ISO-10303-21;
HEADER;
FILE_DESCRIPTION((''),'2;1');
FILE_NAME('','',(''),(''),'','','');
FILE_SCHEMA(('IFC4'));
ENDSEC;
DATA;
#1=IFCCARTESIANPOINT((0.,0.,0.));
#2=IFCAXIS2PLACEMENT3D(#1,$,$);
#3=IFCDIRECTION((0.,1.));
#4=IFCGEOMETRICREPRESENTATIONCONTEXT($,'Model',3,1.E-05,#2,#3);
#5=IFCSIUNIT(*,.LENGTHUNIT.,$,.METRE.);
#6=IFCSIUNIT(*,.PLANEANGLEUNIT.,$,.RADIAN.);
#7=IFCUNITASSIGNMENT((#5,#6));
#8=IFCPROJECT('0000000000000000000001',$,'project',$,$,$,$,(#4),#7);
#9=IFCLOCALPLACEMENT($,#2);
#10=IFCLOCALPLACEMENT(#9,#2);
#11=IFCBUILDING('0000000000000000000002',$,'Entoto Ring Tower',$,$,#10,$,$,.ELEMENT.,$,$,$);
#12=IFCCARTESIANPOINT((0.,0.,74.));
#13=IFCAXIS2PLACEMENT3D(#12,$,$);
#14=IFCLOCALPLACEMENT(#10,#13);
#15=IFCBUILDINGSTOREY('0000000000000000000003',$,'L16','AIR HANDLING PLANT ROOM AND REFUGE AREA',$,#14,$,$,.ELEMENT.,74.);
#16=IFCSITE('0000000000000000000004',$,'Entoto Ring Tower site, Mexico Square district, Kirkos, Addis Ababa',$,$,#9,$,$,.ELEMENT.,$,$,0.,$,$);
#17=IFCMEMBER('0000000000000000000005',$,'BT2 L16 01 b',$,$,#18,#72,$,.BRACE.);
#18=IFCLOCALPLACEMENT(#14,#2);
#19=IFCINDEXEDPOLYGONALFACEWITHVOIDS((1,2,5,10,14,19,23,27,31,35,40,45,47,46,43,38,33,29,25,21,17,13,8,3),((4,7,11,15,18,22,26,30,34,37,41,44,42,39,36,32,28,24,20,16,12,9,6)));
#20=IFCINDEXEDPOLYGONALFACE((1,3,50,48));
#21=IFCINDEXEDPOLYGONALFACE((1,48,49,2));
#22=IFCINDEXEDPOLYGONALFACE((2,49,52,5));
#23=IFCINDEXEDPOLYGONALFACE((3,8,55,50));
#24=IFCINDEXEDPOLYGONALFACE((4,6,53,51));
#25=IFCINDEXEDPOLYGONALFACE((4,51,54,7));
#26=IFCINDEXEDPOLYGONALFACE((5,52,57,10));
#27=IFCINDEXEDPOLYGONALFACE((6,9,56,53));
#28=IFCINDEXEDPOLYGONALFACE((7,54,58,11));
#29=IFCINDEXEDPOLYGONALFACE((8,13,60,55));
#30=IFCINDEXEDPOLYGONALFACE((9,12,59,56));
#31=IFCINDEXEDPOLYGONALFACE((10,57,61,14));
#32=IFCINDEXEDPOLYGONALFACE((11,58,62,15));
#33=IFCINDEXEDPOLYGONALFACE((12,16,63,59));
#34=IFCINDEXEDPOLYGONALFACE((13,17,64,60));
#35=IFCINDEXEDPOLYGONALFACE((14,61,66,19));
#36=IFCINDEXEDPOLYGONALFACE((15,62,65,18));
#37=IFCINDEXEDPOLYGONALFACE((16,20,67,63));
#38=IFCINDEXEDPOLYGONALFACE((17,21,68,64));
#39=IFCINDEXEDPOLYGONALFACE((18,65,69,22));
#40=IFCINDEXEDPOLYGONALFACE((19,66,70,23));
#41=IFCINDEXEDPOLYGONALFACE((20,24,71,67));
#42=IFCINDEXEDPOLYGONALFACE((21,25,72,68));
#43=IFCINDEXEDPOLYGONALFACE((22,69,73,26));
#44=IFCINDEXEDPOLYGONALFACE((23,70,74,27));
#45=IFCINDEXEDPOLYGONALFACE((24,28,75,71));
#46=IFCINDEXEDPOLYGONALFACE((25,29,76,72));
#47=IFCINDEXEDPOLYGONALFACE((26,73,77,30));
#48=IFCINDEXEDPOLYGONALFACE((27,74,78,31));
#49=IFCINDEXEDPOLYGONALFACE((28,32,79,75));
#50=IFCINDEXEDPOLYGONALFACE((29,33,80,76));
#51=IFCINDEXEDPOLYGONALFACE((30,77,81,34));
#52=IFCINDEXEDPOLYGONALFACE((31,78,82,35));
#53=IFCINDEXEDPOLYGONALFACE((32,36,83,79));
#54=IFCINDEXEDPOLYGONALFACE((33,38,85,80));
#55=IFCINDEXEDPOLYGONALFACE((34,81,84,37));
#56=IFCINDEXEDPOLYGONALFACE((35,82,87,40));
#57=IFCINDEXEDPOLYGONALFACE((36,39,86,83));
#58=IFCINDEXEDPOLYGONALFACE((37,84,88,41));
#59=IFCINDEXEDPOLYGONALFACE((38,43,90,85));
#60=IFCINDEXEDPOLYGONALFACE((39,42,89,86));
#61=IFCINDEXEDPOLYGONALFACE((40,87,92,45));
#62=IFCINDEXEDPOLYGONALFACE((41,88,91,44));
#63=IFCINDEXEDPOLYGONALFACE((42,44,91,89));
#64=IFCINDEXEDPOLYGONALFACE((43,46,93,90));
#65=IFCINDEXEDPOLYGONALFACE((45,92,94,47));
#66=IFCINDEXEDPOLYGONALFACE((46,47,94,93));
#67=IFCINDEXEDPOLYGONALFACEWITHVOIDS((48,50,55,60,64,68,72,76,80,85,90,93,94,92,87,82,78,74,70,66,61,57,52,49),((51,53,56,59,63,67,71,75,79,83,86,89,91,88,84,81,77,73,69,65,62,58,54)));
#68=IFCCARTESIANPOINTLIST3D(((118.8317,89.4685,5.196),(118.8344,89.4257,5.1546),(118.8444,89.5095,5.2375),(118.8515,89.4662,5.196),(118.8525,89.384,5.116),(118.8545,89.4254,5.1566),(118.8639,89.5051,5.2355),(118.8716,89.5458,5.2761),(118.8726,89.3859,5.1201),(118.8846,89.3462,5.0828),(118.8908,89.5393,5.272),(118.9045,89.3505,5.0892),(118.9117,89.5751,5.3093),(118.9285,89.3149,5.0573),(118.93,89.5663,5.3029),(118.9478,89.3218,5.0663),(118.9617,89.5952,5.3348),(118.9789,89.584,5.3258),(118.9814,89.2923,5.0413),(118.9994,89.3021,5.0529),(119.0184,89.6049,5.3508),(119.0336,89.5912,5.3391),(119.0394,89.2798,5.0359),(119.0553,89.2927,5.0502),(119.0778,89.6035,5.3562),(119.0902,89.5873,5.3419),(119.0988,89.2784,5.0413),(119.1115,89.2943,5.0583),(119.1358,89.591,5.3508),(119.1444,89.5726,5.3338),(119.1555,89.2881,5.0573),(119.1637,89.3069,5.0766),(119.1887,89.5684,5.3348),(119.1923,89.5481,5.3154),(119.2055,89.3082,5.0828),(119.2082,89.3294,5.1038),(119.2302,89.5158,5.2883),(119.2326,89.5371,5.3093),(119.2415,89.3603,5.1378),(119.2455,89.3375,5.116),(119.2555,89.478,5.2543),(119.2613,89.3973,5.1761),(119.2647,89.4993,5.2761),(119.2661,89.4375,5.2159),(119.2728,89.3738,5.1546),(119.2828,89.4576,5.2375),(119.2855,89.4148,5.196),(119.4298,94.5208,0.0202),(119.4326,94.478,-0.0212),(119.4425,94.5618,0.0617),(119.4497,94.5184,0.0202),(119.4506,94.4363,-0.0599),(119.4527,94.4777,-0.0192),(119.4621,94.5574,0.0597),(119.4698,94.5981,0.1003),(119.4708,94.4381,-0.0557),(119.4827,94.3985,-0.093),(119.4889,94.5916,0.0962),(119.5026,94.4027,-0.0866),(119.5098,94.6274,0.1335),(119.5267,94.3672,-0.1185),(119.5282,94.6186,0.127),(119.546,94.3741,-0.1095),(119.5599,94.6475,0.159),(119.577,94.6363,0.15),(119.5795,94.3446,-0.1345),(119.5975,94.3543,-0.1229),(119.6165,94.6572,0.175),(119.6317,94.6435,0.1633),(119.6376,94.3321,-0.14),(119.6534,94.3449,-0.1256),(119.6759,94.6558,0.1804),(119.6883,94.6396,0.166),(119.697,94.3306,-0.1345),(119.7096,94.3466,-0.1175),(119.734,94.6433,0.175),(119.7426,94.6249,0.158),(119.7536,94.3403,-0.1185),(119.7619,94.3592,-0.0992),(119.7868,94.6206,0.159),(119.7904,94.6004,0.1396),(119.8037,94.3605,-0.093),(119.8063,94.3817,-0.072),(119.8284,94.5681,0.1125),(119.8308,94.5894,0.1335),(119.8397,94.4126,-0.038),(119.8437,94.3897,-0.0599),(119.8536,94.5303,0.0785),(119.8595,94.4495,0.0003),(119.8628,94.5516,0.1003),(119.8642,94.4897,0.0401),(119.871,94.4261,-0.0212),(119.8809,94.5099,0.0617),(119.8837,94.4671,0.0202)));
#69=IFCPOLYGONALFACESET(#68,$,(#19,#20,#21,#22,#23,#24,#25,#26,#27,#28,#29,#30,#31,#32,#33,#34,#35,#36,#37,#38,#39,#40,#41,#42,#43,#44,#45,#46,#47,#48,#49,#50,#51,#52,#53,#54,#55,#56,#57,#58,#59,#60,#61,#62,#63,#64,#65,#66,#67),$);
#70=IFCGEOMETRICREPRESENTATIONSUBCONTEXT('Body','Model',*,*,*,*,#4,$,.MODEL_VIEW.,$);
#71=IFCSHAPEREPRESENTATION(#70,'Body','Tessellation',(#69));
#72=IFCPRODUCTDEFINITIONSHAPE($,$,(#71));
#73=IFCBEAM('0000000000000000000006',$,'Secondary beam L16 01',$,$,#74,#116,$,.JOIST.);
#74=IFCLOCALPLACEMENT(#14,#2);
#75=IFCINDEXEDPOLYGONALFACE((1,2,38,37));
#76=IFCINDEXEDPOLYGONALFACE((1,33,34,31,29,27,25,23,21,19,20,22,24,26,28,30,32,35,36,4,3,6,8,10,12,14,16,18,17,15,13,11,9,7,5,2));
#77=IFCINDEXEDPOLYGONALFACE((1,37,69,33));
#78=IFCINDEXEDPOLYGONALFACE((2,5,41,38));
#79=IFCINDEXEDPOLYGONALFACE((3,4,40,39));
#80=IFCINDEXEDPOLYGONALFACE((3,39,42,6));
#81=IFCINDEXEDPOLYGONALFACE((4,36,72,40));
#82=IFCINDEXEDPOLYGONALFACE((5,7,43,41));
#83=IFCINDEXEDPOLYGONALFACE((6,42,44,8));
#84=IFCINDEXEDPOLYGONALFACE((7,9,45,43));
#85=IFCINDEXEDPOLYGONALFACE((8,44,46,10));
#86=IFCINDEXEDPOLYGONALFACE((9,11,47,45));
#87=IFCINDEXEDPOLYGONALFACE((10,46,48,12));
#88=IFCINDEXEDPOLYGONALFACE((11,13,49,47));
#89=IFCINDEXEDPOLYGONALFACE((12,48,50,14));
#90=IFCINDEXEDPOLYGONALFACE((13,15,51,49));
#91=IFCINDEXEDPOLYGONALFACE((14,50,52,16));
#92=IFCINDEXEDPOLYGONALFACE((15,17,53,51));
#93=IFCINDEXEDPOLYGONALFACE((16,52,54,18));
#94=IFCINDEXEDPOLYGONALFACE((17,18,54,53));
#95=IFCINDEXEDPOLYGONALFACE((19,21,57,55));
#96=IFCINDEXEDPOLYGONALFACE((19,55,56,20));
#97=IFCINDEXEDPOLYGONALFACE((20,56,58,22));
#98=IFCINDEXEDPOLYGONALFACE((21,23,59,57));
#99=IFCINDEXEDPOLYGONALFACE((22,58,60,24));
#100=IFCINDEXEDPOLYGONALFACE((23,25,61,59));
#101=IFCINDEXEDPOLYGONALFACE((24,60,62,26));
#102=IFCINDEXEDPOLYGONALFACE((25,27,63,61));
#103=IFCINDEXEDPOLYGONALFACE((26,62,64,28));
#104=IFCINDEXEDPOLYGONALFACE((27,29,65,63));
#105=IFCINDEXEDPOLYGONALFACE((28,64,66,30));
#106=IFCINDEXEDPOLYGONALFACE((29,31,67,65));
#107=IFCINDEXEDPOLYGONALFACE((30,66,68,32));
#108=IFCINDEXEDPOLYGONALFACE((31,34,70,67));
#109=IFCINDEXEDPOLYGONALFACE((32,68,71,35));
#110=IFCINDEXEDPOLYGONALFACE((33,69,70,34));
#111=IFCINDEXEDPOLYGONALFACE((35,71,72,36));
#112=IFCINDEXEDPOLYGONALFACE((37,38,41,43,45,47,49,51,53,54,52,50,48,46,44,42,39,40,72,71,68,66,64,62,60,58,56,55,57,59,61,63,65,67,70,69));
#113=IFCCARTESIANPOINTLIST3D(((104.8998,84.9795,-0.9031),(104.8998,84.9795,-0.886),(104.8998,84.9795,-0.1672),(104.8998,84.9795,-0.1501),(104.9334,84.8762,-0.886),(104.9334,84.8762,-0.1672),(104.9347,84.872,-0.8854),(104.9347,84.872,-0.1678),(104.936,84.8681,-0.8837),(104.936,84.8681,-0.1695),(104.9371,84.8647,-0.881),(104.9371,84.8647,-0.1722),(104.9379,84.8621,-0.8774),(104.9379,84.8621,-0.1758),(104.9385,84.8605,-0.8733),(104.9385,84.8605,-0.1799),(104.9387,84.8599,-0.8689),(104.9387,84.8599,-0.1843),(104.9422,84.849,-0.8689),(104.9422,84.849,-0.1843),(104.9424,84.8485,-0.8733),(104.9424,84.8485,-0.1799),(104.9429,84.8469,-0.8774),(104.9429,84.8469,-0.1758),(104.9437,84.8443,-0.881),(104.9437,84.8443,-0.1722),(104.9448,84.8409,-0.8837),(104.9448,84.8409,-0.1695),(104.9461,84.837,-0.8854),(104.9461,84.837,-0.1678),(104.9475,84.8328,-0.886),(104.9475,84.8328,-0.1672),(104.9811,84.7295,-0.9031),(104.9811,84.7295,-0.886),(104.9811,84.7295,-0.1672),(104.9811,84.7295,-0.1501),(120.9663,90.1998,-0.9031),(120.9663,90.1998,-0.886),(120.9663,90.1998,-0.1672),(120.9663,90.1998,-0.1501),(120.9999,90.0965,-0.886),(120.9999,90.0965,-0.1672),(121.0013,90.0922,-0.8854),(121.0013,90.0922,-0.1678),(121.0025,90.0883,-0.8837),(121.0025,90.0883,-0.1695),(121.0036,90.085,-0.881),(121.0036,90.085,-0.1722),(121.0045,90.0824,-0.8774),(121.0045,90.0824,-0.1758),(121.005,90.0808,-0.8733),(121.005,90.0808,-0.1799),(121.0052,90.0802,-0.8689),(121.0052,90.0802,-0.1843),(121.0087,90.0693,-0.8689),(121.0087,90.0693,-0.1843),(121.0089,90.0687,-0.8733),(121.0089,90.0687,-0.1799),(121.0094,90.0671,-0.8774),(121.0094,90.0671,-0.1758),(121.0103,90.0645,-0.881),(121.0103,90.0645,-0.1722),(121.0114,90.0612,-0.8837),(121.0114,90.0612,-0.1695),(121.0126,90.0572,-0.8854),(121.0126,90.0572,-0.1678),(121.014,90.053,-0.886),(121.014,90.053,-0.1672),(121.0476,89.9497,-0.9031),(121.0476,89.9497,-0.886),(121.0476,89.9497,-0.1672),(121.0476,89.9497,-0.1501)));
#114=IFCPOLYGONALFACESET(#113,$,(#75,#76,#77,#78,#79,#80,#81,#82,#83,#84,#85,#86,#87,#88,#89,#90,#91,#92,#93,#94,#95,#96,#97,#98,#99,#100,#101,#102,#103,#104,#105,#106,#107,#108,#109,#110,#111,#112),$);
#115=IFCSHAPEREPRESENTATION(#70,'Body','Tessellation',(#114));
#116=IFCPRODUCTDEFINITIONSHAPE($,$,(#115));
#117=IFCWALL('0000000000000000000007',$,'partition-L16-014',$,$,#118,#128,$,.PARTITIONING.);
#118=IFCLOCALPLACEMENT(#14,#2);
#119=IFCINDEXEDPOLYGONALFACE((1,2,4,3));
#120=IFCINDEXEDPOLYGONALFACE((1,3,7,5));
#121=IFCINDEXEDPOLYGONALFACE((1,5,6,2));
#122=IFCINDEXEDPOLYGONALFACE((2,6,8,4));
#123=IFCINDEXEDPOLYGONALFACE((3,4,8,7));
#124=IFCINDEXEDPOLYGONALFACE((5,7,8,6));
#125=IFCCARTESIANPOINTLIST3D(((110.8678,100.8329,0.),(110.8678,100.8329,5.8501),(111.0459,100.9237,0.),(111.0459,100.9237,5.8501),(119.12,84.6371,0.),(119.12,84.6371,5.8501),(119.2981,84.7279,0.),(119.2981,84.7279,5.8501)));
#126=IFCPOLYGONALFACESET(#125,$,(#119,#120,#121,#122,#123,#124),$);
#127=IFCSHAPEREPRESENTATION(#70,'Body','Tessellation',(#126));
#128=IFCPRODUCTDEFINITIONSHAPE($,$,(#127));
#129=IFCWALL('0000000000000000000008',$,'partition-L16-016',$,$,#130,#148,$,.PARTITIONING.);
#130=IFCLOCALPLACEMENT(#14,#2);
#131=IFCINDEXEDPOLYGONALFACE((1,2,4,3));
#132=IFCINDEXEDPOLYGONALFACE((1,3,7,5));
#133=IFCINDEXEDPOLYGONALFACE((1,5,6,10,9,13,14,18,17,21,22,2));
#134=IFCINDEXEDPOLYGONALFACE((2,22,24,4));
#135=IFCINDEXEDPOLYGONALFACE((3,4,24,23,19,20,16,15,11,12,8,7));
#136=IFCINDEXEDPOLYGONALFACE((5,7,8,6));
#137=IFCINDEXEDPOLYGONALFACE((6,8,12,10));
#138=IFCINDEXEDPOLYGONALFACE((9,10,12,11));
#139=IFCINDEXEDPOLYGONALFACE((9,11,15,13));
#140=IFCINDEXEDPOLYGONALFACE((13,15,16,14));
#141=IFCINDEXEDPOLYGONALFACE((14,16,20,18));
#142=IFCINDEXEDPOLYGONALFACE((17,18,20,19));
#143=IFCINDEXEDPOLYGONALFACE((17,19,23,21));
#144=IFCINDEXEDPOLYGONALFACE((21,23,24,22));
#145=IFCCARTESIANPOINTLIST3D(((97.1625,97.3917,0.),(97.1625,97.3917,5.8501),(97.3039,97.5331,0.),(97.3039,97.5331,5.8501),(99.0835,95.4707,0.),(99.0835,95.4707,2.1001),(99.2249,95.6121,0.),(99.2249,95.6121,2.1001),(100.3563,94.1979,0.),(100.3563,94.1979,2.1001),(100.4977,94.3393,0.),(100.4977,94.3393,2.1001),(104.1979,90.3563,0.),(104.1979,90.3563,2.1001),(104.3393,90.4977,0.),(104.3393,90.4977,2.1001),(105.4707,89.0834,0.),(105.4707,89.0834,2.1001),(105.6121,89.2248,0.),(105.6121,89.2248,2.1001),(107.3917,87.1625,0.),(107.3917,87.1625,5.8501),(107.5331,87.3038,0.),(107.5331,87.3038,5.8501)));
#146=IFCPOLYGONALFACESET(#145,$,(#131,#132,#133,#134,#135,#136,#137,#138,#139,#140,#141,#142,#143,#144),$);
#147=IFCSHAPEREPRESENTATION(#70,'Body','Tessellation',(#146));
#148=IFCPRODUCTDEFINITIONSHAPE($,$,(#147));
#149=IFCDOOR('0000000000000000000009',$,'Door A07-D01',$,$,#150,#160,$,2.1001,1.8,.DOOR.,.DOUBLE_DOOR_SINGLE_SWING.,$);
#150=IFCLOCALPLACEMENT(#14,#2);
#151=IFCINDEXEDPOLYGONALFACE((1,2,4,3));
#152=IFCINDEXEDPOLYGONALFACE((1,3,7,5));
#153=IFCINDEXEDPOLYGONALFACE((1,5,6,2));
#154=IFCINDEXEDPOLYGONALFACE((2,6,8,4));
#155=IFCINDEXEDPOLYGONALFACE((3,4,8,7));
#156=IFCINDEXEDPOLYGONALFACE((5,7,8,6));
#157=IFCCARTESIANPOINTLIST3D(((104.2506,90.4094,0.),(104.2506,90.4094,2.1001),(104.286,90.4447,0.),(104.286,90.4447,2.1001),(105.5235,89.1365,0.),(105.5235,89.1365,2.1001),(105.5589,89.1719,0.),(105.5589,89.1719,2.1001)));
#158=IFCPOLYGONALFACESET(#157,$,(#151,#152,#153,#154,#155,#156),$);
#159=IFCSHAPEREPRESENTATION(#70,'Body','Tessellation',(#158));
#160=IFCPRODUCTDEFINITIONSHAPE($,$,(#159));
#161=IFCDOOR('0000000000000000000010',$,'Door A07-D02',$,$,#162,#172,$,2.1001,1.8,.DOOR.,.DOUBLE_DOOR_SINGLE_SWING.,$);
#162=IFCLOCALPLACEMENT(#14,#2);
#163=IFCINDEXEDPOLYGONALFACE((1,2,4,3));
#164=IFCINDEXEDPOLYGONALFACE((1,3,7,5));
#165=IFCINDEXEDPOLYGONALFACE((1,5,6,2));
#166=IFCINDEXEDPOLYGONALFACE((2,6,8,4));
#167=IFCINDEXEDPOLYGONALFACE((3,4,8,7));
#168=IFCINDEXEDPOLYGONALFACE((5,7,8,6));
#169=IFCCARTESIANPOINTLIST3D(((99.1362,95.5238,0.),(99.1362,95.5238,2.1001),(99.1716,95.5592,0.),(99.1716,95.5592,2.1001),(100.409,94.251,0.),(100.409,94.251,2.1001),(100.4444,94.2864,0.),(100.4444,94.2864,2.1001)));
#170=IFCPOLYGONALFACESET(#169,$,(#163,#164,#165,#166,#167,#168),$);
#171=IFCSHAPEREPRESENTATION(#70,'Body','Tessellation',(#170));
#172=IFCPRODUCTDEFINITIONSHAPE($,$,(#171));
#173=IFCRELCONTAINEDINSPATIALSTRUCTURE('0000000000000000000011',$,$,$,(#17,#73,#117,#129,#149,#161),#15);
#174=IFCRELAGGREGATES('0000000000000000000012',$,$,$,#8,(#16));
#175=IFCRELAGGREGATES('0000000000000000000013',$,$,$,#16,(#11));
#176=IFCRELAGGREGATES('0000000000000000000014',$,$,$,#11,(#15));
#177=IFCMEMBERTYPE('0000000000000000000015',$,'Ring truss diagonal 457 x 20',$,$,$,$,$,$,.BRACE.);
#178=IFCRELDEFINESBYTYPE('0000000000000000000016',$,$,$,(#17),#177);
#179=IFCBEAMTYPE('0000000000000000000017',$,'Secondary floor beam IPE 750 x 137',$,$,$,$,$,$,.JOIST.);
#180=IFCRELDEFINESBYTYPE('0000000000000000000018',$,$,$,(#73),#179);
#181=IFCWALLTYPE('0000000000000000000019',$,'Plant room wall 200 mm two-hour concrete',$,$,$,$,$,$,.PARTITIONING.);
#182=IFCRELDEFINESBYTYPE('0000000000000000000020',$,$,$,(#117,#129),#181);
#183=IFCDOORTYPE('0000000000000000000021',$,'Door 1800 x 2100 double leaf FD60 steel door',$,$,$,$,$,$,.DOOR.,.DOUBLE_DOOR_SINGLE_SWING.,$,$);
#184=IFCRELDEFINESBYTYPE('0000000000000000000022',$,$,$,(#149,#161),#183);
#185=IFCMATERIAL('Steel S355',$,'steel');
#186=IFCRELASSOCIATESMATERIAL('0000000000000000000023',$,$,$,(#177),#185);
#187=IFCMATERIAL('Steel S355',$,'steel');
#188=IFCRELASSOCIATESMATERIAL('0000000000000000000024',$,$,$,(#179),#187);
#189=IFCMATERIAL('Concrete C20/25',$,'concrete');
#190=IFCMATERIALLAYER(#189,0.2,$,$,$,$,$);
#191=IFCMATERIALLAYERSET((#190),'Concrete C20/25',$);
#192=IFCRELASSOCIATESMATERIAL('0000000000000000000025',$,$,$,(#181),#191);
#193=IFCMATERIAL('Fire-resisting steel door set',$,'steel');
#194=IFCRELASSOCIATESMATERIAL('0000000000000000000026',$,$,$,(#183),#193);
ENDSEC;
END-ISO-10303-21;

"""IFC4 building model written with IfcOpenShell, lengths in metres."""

from ifc_helpers import new_model, si_unit, direction, frame, frame_2d, origin, origin_2d, place, context, subcontext, project, spatial, rectangle, circle, hollow_circle, i_section, extrude, material, layer, layer_set, material_profile, profile_set, type_object, element, fill, save


model = new_model("IFC4")

# Units and contexts
model_context = context("Model", 3, precision=1e-05, world=origin(), true_north=direction((0.0, 1.0)))
body_context = subcontext(model_context, "Body", "Model", "MODEL_VIEW")
ifc_project = project(units=[si_unit("LENGTHUNIT", "METRE"), si_unit("PLANEANGLEUNIT", "RADIAN")], contexts=[model_context])

# Site, building, storey
site_placement = place(None, origin())
site = spatial("IfcSite", under=ifc_project, at=site_placement, Name="Entoto Ring Tower site, Mexico Square district, Kirkos, Addis Ababa", CompositionType="ELEMENT", RefElevation=0.0)
building_placement = place(site_placement, origin())
building = spatial("IfcBuilding", under=site, at=building_placement, Name="Entoto Ring Tower", CompositionType="ELEMENT")
storey_placement = place(building_placement, frame((0.0, 0.0, 74.0)))
storey = spatial("IfcBuildingStorey", under=building, at=storey_placement, Name="L16", Description="AIR HANDLING PLANT ROOM AND REFUGE AREA", CompositionType="ELEMENT", Elevation=74.0)

# Member
ifc_material_1 = material(Name="Steel S355", Category="steel")
ifc_material_profile_1 = material_profile(ifc_material_1, hollow_circle(Radius=0.2285, WallThickness=0.02, at=origin_2d()), Name="CHS 457 x 20")
ifc_material_2 = material(Name="Concrete C60/75", Category="concrete")
ifc_material_profile_2 = material_profile(ifc_material_2, circle(Radius=0.2085, at=origin_2d()), Name="Concrete C60/75 infill")
ifc_profile_set_1 = profile_set([ifc_material_profile_1, ifc_material_profile_2], Name="Steel S355")
member_type_1 = type_object("IfcMemberType", Name="Ring truss diagonal 457 x 20", PredefinedType="BRACE", material=ifc_profile_set_1)
for number, where, z_axis, x_axis, name in (
    (1, (119.0586, 89.4417, 5.196), (0.082417, 0.696139, -0.713161), (-0.993065, 0.117571, 0.0), "BT2 L16 01 b"),
):
    element("IfcMember", number, at=place(storey_placement, frame(where, z_axis=z_axis, x_axis=x_axis)), inside=storey, type_object=member_type_1, Name=name, PredefinedType="BRACE", context=body_context, shape_type="SweptSolid", body=[
        extrude(hollow_circle(Radius=0.2285, WallThickness=0.02, at=origin_2d()), origin(), (0.0, 0.0, 1.0), 7.2576),
    ])

# Beam
ifc_material_3 = material(Name="Steel S355", Category="steel")
ifc_material_profile_3 = material_profile(ifc_material_3, i_section(OverallWidth=0.2629, OverallDepth=0.7529, WebThickness=0.0115, FlangeThickness=0.0171, FilletRadius=0.0171, at=origin_2d()), Name="IPE 750 x 137")
ifc_profile_set_2 = profile_set([ifc_material_profile_3], Name="Steel S355")
beam_type_1 = type_object("IfcBeamType", Name="Secondary floor beam IPE 750 x 137", PredefinedType="JOIST", material=ifc_profile_set_2)
beam_1_placement = place(storey_placement, frame((104.9404, 84.8545, -0.5266), z_axis=(0.951058, 0.309013, 0.0), x_axis=(-0.309013, 0.951058, 0.0)))
element("IfcBeam", 2, at=beam_1_placement, inside=storey, type_object=beam_type_1, Name="Secondary beam L16 01", PredefinedType="JOIST", context=body_context, shape_type="SweptSolid", body=[
    extrude(i_section(OverallWidth=0.2629, OverallDepth=0.7529, WebThickness=0.0115, FlangeThickness=0.0171, FilletRadius=0.0171, at=origin_2d()), origin(), (0.0, 0.0, 1.0), 16.8933),
])

# Wall
ifc_material_4 = material(Name="Concrete C20/25", Category="concrete")
ifc_layer_1 = layer(ifc_material_4, 0.2)
ifc_layer_set_1 = layer_set([ifc_layer_1], Name="Concrete C20/25")
wall_type_1 = type_object("IfcWallType", Name="Plant room wall 200 mm two-hour concrete", PredefinedType="PARTITIONING", material=ifc_layer_set_1)
wall_1_placement = place(storey_placement, frame((119.209, 84.6826, 0.0), z_axis=(0.0, 0.0, 1.0), x_axis=(-0.453992, 0.891006, 0.0)))
element("IfcWall", 3, at=wall_1_placement, inside=storey, type_object=wall_type_1, Name="partition-L16-014", PredefinedType="PARTITIONING", context=body_context, shape_type="SweptSolid", body=[
    extrude(rectangle(XDim=18.177, YDim=0.2, at=frame_2d((9.0884, 0.0))), origin(), (0.0, 0.0, 1.0), 5.8501),
])

# Wall, openings, doors
wall_2_placement = place(storey_placement, frame((107.4624, 87.2332, 0.0), z_axis=(0.0, 0.0, 1.0), x_axis=(-0.707107, 0.707107, 0.0)))
wall_2 = element("IfcWall", 4, at=wall_2_placement, inside=storey, type_object=wall_type_1, Name="partition-L16-016", PredefinedType="PARTITIONING", context=body_context, shape_type="SweptSolid", body=[
    extrude(rectangle(XDim=14.4663, YDim=0.2, at=frame_2d((7.2332, 0.0))), origin(), (0.0, 0.0, 1.0), 5.8501),
])
opening_1_placement = place(wall_2_placement, frame((2.7168, 0.0, 0.0)))
opening_1 = element("IfcOpeningElement", 5, at=opening_1_placement, cuts=wall_2, PredefinedType="OPENING", context=body_context, shape_type="SweptSolid", body=[
    extrude(rectangle(XDim=1.8, YDim=2.1001, at=frame_2d((0.8999, 1.05))), frame((0.0, 0.1099, 0.0), z_axis=(0.0, -1.0, 0.0), x_axis=(1.0, 0.0, 0.0)), (0.0, 0.0, 1.0), 0.22),
])
opening_2_placement = place(wall_2_placement, frame((9.9497, 0.0, 0.0)))
opening_2 = element("IfcOpeningElement", 6, at=opening_2_placement, cuts=wall_2, PredefinedType="OPENING", context=body_context, shape_type="SweptSolid", body=[
    extrude(rectangle(XDim=1.8, YDim=2.1001, at=frame_2d((0.8999, 1.05))), frame((0.0, 0.1099, 0.0), z_axis=(0.0, -1.0, 0.0), x_axis=(1.0, 0.0, 0.0)), (0.0, 0.0, 1.0), 0.22),
])
ifc_material_5 = material(Name="Fire-resisting steel door set", Category="steel")
door_type = type_object("IfcDoorType", Name="Door 1800 x 2100 double leaf FD60 steel door", OperationType="DOUBLE_DOOR_SINGLE_SWING", PredefinedType="DOOR", material=ifc_material_5)
door_1_placement = place(opening_1_placement, frame((1.8, 0.0, 0.0), z_axis=(0.0, 0.0, 1.0), x_axis=(-1.0, 0.0, 0.0)))
door_1 = element("IfcDoor", 7, at=door_1_placement, inside=storey, type_object=door_type, Name="Door A07-D01", OperationType="DOUBLE_DOOR_SINGLE_SWING", OverallHeight=2.1001, OverallWidth=1.8, PredefinedType="DOOR", context=body_context, shape_type="SweptSolid", body=[
    extrude(rectangle(XDim=1.8, YDim=2.1001, at=frame_2d((0.8999, 1.05))), frame((0.0, 0.0249, 0.0), z_axis=(0.0, -1.0, 0.0), x_axis=(1.0, 0.0, 0.0)), (0.0, 0.0, 1.0), 0.05),
])
fill(opening_1, door_1)
door_2_placement = place(opening_2_placement, frame((1.8, 0.0, 0.0), z_axis=(0.0, 0.0, 1.0), x_axis=(-1.0, 0.0, 0.0)))
door_2 = element("IfcDoor", 8, at=door_2_placement, inside=storey, type_object=door_type, Name="Door A07-D02", OperationType="DOUBLE_DOOR_SINGLE_SWING", OverallHeight=2.1001, OverallWidth=1.8, PredefinedType="DOOR", context=body_context, shape_type="SweptSolid", body=[
    extrude(rectangle(XDim=1.8, YDim=2.1001, at=frame_2d((0.8999, 1.05))), frame((0.0, 0.0249, 0.0), z_axis=(0.0, -1.0, 0.0), x_axis=(1.0, 0.0, 0.0)), (0.0, 0.0, 1.0), 0.05),
])
fill(opening_2, door_2)

save(model, "model.ifc")
